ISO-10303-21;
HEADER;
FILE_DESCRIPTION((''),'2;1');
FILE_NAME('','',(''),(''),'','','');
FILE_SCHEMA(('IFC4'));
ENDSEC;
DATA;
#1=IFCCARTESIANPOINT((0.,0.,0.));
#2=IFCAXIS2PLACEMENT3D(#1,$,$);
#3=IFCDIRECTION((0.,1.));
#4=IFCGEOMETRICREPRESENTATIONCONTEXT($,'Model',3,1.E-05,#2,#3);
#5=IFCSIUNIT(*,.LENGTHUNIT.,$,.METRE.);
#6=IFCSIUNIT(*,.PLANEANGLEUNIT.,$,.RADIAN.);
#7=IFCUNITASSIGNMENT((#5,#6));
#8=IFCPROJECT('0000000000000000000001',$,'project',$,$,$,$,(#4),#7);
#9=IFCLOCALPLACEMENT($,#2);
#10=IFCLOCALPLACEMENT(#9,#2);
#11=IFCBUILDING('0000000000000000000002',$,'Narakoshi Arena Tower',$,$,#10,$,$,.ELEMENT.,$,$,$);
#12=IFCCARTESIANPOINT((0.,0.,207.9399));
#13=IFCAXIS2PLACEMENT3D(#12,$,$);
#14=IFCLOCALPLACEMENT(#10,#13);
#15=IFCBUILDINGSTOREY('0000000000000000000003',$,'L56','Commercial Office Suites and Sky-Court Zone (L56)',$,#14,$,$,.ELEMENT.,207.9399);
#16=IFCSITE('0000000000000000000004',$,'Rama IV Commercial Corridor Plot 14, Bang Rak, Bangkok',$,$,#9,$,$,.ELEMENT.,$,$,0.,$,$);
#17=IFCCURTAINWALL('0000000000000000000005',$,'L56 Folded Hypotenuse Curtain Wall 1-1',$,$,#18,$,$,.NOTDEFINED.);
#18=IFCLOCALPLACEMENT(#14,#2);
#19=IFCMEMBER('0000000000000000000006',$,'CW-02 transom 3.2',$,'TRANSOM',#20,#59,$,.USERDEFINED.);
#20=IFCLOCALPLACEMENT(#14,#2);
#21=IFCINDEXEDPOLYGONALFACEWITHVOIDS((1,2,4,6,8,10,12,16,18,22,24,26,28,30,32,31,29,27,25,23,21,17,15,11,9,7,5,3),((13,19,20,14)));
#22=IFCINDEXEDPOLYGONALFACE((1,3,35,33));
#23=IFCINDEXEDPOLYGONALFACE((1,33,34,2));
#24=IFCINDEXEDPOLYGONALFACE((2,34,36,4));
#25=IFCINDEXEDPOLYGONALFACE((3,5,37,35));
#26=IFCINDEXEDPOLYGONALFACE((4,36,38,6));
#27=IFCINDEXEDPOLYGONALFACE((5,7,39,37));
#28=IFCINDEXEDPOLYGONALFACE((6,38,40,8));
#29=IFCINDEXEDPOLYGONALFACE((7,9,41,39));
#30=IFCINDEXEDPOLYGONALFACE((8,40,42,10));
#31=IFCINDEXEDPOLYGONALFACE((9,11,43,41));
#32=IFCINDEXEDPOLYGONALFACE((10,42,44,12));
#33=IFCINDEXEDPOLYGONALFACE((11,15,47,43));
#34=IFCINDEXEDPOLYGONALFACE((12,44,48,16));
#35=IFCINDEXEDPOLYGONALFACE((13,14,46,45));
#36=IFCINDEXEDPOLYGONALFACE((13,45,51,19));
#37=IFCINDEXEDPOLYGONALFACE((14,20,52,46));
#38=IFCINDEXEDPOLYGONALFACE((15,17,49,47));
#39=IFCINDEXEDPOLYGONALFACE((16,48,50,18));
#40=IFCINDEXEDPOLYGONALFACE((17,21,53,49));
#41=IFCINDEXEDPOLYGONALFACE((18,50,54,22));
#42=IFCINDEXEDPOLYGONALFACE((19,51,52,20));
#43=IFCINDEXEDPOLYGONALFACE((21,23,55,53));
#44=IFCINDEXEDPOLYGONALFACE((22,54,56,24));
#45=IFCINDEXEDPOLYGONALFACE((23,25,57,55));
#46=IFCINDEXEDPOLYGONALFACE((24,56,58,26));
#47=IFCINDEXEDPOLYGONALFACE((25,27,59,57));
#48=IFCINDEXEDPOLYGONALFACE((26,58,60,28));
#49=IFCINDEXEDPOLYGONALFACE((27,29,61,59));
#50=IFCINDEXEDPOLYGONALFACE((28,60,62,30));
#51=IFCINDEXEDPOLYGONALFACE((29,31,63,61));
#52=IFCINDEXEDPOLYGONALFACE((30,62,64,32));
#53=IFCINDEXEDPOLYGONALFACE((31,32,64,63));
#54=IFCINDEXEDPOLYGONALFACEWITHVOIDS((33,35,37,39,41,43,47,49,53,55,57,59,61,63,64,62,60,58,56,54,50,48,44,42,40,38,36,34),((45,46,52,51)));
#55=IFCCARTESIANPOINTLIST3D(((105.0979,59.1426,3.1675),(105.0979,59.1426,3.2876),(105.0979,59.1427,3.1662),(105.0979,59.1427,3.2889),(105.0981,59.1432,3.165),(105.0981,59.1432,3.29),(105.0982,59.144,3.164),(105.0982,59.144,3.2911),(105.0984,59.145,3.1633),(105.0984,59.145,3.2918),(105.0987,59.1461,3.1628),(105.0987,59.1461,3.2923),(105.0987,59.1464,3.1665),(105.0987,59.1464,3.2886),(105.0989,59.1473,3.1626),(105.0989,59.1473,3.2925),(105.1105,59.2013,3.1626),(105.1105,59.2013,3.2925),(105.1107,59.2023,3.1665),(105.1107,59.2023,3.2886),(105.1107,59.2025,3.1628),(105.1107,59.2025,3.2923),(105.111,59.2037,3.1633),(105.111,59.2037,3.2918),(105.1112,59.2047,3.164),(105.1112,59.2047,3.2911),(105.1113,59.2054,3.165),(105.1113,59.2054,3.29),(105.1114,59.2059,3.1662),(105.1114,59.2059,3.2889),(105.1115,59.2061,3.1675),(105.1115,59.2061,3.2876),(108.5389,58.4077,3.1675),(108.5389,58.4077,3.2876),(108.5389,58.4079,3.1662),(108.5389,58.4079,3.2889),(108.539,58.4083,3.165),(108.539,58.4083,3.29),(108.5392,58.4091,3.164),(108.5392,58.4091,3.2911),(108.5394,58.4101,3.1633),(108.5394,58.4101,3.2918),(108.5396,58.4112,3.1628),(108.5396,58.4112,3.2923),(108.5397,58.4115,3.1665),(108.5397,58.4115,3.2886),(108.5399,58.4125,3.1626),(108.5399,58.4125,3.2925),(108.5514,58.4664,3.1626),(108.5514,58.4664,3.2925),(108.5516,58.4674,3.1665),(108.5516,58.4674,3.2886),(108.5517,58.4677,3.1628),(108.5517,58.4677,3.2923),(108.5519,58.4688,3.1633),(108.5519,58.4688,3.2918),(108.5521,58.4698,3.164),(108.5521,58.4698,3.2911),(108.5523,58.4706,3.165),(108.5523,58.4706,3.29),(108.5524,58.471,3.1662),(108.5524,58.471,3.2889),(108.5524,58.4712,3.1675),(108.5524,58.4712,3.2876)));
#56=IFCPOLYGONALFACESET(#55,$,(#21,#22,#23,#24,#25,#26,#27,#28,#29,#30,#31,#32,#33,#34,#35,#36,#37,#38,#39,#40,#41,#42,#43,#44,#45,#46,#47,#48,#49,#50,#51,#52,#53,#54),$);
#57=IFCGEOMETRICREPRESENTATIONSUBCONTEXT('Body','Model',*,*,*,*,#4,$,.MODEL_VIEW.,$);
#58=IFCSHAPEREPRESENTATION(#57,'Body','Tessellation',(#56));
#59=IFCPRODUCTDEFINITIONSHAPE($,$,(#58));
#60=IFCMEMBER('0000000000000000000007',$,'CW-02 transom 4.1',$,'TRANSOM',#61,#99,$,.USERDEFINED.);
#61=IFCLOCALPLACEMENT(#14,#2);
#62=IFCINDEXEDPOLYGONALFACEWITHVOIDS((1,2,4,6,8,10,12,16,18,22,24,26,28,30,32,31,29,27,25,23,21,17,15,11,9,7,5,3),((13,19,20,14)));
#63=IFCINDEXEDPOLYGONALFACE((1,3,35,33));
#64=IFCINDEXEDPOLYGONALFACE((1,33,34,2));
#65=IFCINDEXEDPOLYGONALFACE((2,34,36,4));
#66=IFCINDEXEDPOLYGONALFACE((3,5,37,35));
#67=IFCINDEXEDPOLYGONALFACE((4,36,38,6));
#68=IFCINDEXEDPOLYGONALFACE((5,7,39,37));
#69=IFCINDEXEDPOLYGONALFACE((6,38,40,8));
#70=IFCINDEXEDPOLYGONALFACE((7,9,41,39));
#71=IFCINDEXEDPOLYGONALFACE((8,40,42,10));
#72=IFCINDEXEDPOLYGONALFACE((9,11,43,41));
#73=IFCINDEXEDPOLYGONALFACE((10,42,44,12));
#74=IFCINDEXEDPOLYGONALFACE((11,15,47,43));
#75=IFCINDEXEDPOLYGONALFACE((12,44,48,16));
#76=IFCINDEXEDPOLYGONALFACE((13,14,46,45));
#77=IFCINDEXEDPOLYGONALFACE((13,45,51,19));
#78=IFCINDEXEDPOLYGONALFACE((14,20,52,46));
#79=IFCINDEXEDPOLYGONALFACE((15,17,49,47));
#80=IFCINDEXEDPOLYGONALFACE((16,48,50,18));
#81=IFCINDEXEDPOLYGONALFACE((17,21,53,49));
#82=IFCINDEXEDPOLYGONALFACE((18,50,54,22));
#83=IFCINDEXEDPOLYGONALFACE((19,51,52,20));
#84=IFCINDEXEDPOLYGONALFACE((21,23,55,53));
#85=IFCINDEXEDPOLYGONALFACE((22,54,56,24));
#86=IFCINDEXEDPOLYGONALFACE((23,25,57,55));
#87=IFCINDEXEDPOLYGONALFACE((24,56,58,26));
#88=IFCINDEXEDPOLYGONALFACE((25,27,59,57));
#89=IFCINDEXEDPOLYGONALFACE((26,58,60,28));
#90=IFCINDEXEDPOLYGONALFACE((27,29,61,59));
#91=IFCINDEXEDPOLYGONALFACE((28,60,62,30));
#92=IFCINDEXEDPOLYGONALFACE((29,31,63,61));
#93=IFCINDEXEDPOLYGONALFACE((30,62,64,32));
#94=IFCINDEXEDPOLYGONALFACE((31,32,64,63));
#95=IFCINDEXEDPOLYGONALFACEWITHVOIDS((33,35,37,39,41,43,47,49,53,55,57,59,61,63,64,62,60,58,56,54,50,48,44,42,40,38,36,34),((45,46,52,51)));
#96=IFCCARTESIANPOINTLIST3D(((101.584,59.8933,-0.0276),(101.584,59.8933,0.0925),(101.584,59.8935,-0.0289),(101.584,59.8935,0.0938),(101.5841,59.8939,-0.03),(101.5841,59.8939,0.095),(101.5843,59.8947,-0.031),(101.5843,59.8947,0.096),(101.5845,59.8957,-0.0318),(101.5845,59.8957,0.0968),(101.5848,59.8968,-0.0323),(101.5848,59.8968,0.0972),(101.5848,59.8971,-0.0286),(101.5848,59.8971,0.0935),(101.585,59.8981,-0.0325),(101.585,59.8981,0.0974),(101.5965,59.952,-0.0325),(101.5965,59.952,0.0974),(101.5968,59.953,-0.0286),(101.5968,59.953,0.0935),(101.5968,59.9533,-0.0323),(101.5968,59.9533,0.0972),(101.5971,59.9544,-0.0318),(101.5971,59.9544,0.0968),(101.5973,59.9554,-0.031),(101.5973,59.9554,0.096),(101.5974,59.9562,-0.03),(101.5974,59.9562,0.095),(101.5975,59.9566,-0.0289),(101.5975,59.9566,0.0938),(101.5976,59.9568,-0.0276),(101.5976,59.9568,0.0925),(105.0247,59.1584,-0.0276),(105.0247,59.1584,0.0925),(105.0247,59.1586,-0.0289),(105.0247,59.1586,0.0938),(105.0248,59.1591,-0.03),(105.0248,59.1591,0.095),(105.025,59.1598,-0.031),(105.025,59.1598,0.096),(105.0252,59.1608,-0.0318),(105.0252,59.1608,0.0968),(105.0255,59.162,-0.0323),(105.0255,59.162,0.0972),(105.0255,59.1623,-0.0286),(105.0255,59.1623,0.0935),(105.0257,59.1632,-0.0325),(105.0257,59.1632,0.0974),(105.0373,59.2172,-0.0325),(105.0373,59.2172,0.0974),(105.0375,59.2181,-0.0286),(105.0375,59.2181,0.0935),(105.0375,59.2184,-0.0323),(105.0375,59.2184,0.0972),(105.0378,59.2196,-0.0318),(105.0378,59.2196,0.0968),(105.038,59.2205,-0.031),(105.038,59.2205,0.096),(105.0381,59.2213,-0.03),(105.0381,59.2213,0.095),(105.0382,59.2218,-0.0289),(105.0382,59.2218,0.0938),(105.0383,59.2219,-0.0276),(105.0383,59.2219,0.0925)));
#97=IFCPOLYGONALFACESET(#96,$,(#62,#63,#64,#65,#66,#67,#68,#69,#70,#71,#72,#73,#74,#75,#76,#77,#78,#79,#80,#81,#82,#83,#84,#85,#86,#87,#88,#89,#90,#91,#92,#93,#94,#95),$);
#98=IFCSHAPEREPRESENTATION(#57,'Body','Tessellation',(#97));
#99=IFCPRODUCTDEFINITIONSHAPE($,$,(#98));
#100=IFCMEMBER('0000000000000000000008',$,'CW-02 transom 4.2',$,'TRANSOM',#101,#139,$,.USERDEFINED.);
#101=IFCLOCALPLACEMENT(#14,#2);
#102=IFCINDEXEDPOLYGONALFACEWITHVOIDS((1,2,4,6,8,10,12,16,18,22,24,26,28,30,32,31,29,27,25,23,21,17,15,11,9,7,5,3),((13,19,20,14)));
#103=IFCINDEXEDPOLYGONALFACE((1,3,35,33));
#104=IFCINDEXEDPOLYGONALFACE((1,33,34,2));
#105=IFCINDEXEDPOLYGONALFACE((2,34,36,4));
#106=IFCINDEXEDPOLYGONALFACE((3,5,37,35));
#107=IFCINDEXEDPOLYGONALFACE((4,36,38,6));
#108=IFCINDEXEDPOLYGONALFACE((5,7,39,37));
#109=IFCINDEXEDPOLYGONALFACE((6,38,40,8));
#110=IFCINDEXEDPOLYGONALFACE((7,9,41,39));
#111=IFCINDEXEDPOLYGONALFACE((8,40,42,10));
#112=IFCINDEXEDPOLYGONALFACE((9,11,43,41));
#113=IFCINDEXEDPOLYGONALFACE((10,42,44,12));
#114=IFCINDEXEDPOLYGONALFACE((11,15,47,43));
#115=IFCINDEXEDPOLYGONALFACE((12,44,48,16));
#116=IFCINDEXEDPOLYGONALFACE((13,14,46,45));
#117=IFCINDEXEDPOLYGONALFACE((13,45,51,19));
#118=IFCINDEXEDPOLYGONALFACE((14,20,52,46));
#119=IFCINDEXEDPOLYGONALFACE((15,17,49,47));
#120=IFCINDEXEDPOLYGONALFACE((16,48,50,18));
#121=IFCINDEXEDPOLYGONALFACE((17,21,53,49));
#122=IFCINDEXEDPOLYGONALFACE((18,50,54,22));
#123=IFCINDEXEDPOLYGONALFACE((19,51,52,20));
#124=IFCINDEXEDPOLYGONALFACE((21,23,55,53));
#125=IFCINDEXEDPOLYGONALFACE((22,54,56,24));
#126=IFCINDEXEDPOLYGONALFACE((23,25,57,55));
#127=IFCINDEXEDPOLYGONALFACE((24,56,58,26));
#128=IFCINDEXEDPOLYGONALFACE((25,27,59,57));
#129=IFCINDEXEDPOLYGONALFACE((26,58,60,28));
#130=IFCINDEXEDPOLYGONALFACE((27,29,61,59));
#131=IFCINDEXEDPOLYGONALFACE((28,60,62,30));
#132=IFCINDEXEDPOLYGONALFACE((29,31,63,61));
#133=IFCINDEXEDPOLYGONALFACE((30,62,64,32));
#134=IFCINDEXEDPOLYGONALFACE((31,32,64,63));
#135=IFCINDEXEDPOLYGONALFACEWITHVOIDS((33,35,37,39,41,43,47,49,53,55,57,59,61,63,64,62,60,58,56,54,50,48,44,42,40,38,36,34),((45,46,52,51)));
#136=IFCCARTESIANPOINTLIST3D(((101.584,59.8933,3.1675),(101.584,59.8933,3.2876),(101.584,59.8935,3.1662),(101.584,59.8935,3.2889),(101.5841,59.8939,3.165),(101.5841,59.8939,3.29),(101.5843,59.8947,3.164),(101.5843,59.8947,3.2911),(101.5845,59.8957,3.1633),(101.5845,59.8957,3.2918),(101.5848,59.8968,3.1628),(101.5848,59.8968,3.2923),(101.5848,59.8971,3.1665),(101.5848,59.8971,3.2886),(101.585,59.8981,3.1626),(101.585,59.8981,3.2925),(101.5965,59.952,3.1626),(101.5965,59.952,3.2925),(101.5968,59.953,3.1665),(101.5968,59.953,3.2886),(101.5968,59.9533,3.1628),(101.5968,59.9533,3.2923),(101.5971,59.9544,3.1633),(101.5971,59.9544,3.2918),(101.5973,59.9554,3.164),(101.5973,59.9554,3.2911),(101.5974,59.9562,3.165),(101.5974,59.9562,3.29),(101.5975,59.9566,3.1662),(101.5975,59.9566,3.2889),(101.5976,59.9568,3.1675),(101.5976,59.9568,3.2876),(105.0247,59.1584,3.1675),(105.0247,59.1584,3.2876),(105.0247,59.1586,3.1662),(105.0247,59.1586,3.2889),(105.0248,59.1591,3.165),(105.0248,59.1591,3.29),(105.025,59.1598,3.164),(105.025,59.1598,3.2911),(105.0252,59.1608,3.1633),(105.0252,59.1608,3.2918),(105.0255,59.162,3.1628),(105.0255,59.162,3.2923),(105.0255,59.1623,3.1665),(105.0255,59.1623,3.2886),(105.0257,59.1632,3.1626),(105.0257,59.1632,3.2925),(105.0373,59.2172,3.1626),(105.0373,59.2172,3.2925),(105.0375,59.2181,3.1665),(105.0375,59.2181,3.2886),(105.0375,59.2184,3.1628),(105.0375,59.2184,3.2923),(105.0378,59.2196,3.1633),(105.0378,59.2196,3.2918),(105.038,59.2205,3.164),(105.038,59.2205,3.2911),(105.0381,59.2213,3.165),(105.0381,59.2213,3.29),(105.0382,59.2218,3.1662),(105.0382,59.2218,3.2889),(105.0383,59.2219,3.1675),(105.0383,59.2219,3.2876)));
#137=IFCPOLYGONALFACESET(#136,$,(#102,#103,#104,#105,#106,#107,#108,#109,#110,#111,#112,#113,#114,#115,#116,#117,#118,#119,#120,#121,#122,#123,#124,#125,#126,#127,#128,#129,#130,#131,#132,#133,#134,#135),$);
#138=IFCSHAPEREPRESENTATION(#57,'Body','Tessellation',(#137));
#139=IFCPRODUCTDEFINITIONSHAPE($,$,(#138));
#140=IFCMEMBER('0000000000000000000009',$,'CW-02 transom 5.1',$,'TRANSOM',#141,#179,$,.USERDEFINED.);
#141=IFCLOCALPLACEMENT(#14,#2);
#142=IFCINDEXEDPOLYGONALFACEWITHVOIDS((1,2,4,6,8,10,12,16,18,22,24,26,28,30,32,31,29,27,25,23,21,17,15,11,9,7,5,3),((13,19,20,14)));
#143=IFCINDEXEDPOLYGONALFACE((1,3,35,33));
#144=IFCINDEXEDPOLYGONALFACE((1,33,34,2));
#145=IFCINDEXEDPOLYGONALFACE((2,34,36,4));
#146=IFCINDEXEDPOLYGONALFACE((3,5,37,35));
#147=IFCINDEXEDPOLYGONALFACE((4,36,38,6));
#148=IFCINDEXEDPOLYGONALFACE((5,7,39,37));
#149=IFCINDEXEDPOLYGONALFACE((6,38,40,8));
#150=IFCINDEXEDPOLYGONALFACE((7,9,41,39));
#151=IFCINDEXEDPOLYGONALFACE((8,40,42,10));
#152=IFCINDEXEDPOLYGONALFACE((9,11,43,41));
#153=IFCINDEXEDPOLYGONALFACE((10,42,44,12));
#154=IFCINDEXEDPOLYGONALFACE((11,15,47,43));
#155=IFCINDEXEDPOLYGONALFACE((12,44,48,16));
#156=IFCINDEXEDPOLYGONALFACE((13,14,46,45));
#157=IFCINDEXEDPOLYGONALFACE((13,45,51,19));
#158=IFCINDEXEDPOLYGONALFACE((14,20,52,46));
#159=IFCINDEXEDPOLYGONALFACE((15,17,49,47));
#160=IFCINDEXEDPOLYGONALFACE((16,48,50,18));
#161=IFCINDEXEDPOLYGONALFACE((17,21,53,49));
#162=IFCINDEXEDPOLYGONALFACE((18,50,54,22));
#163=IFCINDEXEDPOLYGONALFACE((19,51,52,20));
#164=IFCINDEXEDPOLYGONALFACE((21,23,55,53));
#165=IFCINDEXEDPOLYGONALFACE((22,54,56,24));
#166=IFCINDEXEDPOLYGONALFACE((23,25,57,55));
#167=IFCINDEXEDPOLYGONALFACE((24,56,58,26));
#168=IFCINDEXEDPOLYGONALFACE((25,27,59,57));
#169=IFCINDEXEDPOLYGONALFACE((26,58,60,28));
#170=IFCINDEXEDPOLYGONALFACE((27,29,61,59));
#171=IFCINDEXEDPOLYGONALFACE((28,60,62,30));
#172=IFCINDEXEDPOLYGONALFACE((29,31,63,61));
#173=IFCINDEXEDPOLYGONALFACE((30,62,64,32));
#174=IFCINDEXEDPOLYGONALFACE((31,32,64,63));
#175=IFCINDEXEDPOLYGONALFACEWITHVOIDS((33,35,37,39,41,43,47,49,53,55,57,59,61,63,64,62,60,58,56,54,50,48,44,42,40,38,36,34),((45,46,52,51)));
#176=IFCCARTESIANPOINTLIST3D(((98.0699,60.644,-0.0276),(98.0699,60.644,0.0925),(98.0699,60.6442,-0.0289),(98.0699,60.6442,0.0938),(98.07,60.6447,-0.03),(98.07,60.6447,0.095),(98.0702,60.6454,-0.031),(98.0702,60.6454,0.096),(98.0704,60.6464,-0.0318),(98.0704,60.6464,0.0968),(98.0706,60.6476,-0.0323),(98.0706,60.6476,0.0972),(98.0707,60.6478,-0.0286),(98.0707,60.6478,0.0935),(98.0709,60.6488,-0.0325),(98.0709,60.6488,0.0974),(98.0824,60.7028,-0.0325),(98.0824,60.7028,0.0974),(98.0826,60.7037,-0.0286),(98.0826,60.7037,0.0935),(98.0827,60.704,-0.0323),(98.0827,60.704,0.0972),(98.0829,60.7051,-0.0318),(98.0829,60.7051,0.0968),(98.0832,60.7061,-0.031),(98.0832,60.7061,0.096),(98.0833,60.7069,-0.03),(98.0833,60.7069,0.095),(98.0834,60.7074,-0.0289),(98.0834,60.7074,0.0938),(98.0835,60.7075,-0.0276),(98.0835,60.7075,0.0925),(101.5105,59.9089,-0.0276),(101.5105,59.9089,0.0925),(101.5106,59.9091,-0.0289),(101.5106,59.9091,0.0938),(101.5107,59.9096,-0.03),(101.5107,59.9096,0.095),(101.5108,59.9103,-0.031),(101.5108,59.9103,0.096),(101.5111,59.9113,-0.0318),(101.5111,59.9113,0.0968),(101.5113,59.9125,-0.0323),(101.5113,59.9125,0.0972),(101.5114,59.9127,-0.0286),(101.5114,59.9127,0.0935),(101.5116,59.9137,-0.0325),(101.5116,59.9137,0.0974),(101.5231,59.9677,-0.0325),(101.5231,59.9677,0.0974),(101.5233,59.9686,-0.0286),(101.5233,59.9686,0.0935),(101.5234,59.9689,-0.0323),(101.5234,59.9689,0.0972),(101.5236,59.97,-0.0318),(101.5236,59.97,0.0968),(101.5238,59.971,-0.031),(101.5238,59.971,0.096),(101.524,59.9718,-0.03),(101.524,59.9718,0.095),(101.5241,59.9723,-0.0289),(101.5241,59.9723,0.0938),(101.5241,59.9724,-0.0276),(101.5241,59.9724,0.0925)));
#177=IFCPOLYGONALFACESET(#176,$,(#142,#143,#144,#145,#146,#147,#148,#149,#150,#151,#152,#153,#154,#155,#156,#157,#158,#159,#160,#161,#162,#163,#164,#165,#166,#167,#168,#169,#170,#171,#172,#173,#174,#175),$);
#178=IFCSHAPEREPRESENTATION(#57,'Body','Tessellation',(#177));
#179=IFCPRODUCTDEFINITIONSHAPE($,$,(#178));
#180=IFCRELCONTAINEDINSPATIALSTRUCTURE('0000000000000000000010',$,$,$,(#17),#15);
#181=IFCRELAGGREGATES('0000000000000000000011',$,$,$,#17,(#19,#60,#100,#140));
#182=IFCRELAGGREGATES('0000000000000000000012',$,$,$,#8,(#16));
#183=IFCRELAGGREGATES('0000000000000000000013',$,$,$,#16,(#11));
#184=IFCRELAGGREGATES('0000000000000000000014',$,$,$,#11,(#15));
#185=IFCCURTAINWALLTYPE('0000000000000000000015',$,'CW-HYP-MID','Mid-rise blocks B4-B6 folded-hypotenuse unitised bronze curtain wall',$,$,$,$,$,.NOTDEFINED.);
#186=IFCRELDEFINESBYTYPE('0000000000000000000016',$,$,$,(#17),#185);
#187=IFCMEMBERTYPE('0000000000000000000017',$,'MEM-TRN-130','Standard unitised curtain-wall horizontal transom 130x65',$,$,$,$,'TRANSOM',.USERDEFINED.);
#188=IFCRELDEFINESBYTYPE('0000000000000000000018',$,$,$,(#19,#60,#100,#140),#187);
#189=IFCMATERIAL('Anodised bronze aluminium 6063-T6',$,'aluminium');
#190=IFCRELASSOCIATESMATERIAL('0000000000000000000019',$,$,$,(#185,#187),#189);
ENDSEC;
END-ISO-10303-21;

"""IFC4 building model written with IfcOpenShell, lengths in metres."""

from ifc_helpers import new_model, si_unit, direction, frame, origin, origin_2d, place, context, subcontext, project, spatial, hollow_rectangle, extrude, material, material_profile, profile_set, type_object, element, aggregate, save


model = new_model("IFC4")

# Units and contexts
model_context = context("Model", 3, precision=1e-05, world=origin(), true_north=direction((0.0, 1.0)))
body_context = subcontext(model_context, "Body", "Model", "MODEL_VIEW")
ifc_project = project(units=[si_unit("LENGTHUNIT", "METRE"), si_unit("PLANEANGLEUNIT", "RADIAN")], contexts=[model_context])

# Site, building, storey
site_placement = place(None, origin())
site = spatial("IfcSite", under=ifc_project, at=site_placement, Name="Rama IV Commercial Corridor Plot 14, Bang Rak, Bangkok", CompositionType="ELEMENT", RefElevation=0.0)
building_placement = place(site_placement, origin())
building = spatial("IfcBuilding", under=site, at=building_placement, Name="Narakoshi Arena Tower", CompositionType="ELEMENT")
storey_placement = place(building_placement, frame((0.0, 0.0, 207.9399)))
storey = spatial("IfcBuildingStorey", under=building, at=storey_placement, Name="L56", Description="Commercial Office Suites and Sky-Court Zone (L56)", CompositionType="ELEMENT", Elevation=207.9399)

# Curtain wall, members
ifc_material_1 = material(Name="Anodised bronze aluminium 6063-T6", Category="aluminium")
curtain_wall_type = type_object("IfcCurtainWallType", Name="CW-HYP-MID", Description="Mid-rise blocks B4-B6 folded-hypotenuse unitised bronze curtain wall", PredefinedType="NOTDEFINED", material=ifc_material_1)
curtain_wall_placement = place(storey_placement, origin())
curtain_wall = element("IfcCurtainWall", 1, at=curtain_wall_placement, inside=storey, type_object=curtain_wall_type, Name="L56 Folded Hypotenuse Curtain Wall 1-1", PredefinedType="NOTDEFINED")
ifc_material_profile_1 = material_profile(ifc_material_1, hollow_rectangle(XDim=0.0649, YDim=0.1299, WallThickness=0.0039, OuterFilletRadius=0.0049, at=origin_2d()), Name="TRN130x65x4")
ifc_profile_set_1 = profile_set([ifc_material_profile_1], Name="Anodised bronze aluminium 6063-T6")
member_type_1 = type_object("IfcMemberType", Name="MEM-TRN-130", Description="Standard unitised curtain-wall horizontal transom 130x65", ElementType="TRANSOM", PredefinedType="USERDEFINED", material=ifc_profile_set_1)
member_1_placement = place(storey_placement, frame((108.5457, 58.4395, 3.2275), z_axis=(-0.977946, 0.208856, 0.0), x_axis=(-0.208856, -0.977946, 0.0)))
member_1 = element("IfcMember", 2, at=member_1_placement, type_object=member_type_1, Name="CW-02 transom 3.2", ObjectType="TRANSOM", PredefinedType="USERDEFINED", context=body_context, shape_type="SweptSolid", body=[
    extrude(hollow_rectangle(XDim=0.0649, YDim=0.1299, WallThickness=0.0039, OuterFilletRadius=0.0049, at=origin_2d()), origin(), (0.0, 0.0, 1.0), 3.5186),
])
member_2_placement = place(storey_placement, frame((105.0315, 59.1902, 0.0325), z_axis=(-0.977943, 0.20887, 0.0), x_axis=(-0.20887, -0.977943, 0.0)))
member_2 = element("IfcMember", 3, at=member_2_placement, type_object=member_type_1, Name="CW-02 transom 4.1", ObjectType="TRANSOM", PredefinedType="USERDEFINED", context=body_context, shape_type="SweptSolid", body=[
    extrude(hollow_rectangle(XDim=0.0649, YDim=0.1299, WallThickness=0.0039, OuterFilletRadius=0.0049, at=origin_2d()), origin(), (0.0, 0.0, 1.0), 3.5183),
])
member_3_placement = place(storey_placement, frame((105.0315, 59.1902, 3.2275), z_axis=(-0.977943, 0.20887, 0.0), x_axis=(-0.20887, -0.977943, 0.0)))
member_3 = element("IfcMember", 4, at=member_3_placement, type_object=member_type_1, Name="CW-02 transom 4.2", ObjectType="TRANSOM", PredefinedType="USERDEFINED", context=body_context, shape_type="SweptSolid", body=[
    extrude(hollow_rectangle(XDim=0.0649, YDim=0.1299, WallThickness=0.0039, OuterFilletRadius=0.0049, at=origin_2d()), origin(), (0.0, 0.0, 1.0), 3.5183),
])
member_4_placement = place(storey_placement, frame((101.5173, 59.9407, 0.0325), z_axis=(-0.977929, 0.208937, 0.0), x_axis=(-0.208937, -0.977929, 0.0)))
member_4 = element("IfcMember", 5, at=member_4_placement, type_object=member_type_1, Name="CW-02 transom 5.1", ObjectType="TRANSOM", PredefinedType="USERDEFINED", context=body_context, shape_type="SweptSolid", body=[
    extrude(hollow_rectangle(XDim=0.0649, YDim=0.1299, WallThickness=0.0039, OuterFilletRadius=0.0049, at=origin_2d()), origin(), (0.0, 0.0, 1.0), 3.5183),
])
aggregate(curtain_wall, [member_1, member_2, member_3, member_4])

save(model, "model.ifc")
